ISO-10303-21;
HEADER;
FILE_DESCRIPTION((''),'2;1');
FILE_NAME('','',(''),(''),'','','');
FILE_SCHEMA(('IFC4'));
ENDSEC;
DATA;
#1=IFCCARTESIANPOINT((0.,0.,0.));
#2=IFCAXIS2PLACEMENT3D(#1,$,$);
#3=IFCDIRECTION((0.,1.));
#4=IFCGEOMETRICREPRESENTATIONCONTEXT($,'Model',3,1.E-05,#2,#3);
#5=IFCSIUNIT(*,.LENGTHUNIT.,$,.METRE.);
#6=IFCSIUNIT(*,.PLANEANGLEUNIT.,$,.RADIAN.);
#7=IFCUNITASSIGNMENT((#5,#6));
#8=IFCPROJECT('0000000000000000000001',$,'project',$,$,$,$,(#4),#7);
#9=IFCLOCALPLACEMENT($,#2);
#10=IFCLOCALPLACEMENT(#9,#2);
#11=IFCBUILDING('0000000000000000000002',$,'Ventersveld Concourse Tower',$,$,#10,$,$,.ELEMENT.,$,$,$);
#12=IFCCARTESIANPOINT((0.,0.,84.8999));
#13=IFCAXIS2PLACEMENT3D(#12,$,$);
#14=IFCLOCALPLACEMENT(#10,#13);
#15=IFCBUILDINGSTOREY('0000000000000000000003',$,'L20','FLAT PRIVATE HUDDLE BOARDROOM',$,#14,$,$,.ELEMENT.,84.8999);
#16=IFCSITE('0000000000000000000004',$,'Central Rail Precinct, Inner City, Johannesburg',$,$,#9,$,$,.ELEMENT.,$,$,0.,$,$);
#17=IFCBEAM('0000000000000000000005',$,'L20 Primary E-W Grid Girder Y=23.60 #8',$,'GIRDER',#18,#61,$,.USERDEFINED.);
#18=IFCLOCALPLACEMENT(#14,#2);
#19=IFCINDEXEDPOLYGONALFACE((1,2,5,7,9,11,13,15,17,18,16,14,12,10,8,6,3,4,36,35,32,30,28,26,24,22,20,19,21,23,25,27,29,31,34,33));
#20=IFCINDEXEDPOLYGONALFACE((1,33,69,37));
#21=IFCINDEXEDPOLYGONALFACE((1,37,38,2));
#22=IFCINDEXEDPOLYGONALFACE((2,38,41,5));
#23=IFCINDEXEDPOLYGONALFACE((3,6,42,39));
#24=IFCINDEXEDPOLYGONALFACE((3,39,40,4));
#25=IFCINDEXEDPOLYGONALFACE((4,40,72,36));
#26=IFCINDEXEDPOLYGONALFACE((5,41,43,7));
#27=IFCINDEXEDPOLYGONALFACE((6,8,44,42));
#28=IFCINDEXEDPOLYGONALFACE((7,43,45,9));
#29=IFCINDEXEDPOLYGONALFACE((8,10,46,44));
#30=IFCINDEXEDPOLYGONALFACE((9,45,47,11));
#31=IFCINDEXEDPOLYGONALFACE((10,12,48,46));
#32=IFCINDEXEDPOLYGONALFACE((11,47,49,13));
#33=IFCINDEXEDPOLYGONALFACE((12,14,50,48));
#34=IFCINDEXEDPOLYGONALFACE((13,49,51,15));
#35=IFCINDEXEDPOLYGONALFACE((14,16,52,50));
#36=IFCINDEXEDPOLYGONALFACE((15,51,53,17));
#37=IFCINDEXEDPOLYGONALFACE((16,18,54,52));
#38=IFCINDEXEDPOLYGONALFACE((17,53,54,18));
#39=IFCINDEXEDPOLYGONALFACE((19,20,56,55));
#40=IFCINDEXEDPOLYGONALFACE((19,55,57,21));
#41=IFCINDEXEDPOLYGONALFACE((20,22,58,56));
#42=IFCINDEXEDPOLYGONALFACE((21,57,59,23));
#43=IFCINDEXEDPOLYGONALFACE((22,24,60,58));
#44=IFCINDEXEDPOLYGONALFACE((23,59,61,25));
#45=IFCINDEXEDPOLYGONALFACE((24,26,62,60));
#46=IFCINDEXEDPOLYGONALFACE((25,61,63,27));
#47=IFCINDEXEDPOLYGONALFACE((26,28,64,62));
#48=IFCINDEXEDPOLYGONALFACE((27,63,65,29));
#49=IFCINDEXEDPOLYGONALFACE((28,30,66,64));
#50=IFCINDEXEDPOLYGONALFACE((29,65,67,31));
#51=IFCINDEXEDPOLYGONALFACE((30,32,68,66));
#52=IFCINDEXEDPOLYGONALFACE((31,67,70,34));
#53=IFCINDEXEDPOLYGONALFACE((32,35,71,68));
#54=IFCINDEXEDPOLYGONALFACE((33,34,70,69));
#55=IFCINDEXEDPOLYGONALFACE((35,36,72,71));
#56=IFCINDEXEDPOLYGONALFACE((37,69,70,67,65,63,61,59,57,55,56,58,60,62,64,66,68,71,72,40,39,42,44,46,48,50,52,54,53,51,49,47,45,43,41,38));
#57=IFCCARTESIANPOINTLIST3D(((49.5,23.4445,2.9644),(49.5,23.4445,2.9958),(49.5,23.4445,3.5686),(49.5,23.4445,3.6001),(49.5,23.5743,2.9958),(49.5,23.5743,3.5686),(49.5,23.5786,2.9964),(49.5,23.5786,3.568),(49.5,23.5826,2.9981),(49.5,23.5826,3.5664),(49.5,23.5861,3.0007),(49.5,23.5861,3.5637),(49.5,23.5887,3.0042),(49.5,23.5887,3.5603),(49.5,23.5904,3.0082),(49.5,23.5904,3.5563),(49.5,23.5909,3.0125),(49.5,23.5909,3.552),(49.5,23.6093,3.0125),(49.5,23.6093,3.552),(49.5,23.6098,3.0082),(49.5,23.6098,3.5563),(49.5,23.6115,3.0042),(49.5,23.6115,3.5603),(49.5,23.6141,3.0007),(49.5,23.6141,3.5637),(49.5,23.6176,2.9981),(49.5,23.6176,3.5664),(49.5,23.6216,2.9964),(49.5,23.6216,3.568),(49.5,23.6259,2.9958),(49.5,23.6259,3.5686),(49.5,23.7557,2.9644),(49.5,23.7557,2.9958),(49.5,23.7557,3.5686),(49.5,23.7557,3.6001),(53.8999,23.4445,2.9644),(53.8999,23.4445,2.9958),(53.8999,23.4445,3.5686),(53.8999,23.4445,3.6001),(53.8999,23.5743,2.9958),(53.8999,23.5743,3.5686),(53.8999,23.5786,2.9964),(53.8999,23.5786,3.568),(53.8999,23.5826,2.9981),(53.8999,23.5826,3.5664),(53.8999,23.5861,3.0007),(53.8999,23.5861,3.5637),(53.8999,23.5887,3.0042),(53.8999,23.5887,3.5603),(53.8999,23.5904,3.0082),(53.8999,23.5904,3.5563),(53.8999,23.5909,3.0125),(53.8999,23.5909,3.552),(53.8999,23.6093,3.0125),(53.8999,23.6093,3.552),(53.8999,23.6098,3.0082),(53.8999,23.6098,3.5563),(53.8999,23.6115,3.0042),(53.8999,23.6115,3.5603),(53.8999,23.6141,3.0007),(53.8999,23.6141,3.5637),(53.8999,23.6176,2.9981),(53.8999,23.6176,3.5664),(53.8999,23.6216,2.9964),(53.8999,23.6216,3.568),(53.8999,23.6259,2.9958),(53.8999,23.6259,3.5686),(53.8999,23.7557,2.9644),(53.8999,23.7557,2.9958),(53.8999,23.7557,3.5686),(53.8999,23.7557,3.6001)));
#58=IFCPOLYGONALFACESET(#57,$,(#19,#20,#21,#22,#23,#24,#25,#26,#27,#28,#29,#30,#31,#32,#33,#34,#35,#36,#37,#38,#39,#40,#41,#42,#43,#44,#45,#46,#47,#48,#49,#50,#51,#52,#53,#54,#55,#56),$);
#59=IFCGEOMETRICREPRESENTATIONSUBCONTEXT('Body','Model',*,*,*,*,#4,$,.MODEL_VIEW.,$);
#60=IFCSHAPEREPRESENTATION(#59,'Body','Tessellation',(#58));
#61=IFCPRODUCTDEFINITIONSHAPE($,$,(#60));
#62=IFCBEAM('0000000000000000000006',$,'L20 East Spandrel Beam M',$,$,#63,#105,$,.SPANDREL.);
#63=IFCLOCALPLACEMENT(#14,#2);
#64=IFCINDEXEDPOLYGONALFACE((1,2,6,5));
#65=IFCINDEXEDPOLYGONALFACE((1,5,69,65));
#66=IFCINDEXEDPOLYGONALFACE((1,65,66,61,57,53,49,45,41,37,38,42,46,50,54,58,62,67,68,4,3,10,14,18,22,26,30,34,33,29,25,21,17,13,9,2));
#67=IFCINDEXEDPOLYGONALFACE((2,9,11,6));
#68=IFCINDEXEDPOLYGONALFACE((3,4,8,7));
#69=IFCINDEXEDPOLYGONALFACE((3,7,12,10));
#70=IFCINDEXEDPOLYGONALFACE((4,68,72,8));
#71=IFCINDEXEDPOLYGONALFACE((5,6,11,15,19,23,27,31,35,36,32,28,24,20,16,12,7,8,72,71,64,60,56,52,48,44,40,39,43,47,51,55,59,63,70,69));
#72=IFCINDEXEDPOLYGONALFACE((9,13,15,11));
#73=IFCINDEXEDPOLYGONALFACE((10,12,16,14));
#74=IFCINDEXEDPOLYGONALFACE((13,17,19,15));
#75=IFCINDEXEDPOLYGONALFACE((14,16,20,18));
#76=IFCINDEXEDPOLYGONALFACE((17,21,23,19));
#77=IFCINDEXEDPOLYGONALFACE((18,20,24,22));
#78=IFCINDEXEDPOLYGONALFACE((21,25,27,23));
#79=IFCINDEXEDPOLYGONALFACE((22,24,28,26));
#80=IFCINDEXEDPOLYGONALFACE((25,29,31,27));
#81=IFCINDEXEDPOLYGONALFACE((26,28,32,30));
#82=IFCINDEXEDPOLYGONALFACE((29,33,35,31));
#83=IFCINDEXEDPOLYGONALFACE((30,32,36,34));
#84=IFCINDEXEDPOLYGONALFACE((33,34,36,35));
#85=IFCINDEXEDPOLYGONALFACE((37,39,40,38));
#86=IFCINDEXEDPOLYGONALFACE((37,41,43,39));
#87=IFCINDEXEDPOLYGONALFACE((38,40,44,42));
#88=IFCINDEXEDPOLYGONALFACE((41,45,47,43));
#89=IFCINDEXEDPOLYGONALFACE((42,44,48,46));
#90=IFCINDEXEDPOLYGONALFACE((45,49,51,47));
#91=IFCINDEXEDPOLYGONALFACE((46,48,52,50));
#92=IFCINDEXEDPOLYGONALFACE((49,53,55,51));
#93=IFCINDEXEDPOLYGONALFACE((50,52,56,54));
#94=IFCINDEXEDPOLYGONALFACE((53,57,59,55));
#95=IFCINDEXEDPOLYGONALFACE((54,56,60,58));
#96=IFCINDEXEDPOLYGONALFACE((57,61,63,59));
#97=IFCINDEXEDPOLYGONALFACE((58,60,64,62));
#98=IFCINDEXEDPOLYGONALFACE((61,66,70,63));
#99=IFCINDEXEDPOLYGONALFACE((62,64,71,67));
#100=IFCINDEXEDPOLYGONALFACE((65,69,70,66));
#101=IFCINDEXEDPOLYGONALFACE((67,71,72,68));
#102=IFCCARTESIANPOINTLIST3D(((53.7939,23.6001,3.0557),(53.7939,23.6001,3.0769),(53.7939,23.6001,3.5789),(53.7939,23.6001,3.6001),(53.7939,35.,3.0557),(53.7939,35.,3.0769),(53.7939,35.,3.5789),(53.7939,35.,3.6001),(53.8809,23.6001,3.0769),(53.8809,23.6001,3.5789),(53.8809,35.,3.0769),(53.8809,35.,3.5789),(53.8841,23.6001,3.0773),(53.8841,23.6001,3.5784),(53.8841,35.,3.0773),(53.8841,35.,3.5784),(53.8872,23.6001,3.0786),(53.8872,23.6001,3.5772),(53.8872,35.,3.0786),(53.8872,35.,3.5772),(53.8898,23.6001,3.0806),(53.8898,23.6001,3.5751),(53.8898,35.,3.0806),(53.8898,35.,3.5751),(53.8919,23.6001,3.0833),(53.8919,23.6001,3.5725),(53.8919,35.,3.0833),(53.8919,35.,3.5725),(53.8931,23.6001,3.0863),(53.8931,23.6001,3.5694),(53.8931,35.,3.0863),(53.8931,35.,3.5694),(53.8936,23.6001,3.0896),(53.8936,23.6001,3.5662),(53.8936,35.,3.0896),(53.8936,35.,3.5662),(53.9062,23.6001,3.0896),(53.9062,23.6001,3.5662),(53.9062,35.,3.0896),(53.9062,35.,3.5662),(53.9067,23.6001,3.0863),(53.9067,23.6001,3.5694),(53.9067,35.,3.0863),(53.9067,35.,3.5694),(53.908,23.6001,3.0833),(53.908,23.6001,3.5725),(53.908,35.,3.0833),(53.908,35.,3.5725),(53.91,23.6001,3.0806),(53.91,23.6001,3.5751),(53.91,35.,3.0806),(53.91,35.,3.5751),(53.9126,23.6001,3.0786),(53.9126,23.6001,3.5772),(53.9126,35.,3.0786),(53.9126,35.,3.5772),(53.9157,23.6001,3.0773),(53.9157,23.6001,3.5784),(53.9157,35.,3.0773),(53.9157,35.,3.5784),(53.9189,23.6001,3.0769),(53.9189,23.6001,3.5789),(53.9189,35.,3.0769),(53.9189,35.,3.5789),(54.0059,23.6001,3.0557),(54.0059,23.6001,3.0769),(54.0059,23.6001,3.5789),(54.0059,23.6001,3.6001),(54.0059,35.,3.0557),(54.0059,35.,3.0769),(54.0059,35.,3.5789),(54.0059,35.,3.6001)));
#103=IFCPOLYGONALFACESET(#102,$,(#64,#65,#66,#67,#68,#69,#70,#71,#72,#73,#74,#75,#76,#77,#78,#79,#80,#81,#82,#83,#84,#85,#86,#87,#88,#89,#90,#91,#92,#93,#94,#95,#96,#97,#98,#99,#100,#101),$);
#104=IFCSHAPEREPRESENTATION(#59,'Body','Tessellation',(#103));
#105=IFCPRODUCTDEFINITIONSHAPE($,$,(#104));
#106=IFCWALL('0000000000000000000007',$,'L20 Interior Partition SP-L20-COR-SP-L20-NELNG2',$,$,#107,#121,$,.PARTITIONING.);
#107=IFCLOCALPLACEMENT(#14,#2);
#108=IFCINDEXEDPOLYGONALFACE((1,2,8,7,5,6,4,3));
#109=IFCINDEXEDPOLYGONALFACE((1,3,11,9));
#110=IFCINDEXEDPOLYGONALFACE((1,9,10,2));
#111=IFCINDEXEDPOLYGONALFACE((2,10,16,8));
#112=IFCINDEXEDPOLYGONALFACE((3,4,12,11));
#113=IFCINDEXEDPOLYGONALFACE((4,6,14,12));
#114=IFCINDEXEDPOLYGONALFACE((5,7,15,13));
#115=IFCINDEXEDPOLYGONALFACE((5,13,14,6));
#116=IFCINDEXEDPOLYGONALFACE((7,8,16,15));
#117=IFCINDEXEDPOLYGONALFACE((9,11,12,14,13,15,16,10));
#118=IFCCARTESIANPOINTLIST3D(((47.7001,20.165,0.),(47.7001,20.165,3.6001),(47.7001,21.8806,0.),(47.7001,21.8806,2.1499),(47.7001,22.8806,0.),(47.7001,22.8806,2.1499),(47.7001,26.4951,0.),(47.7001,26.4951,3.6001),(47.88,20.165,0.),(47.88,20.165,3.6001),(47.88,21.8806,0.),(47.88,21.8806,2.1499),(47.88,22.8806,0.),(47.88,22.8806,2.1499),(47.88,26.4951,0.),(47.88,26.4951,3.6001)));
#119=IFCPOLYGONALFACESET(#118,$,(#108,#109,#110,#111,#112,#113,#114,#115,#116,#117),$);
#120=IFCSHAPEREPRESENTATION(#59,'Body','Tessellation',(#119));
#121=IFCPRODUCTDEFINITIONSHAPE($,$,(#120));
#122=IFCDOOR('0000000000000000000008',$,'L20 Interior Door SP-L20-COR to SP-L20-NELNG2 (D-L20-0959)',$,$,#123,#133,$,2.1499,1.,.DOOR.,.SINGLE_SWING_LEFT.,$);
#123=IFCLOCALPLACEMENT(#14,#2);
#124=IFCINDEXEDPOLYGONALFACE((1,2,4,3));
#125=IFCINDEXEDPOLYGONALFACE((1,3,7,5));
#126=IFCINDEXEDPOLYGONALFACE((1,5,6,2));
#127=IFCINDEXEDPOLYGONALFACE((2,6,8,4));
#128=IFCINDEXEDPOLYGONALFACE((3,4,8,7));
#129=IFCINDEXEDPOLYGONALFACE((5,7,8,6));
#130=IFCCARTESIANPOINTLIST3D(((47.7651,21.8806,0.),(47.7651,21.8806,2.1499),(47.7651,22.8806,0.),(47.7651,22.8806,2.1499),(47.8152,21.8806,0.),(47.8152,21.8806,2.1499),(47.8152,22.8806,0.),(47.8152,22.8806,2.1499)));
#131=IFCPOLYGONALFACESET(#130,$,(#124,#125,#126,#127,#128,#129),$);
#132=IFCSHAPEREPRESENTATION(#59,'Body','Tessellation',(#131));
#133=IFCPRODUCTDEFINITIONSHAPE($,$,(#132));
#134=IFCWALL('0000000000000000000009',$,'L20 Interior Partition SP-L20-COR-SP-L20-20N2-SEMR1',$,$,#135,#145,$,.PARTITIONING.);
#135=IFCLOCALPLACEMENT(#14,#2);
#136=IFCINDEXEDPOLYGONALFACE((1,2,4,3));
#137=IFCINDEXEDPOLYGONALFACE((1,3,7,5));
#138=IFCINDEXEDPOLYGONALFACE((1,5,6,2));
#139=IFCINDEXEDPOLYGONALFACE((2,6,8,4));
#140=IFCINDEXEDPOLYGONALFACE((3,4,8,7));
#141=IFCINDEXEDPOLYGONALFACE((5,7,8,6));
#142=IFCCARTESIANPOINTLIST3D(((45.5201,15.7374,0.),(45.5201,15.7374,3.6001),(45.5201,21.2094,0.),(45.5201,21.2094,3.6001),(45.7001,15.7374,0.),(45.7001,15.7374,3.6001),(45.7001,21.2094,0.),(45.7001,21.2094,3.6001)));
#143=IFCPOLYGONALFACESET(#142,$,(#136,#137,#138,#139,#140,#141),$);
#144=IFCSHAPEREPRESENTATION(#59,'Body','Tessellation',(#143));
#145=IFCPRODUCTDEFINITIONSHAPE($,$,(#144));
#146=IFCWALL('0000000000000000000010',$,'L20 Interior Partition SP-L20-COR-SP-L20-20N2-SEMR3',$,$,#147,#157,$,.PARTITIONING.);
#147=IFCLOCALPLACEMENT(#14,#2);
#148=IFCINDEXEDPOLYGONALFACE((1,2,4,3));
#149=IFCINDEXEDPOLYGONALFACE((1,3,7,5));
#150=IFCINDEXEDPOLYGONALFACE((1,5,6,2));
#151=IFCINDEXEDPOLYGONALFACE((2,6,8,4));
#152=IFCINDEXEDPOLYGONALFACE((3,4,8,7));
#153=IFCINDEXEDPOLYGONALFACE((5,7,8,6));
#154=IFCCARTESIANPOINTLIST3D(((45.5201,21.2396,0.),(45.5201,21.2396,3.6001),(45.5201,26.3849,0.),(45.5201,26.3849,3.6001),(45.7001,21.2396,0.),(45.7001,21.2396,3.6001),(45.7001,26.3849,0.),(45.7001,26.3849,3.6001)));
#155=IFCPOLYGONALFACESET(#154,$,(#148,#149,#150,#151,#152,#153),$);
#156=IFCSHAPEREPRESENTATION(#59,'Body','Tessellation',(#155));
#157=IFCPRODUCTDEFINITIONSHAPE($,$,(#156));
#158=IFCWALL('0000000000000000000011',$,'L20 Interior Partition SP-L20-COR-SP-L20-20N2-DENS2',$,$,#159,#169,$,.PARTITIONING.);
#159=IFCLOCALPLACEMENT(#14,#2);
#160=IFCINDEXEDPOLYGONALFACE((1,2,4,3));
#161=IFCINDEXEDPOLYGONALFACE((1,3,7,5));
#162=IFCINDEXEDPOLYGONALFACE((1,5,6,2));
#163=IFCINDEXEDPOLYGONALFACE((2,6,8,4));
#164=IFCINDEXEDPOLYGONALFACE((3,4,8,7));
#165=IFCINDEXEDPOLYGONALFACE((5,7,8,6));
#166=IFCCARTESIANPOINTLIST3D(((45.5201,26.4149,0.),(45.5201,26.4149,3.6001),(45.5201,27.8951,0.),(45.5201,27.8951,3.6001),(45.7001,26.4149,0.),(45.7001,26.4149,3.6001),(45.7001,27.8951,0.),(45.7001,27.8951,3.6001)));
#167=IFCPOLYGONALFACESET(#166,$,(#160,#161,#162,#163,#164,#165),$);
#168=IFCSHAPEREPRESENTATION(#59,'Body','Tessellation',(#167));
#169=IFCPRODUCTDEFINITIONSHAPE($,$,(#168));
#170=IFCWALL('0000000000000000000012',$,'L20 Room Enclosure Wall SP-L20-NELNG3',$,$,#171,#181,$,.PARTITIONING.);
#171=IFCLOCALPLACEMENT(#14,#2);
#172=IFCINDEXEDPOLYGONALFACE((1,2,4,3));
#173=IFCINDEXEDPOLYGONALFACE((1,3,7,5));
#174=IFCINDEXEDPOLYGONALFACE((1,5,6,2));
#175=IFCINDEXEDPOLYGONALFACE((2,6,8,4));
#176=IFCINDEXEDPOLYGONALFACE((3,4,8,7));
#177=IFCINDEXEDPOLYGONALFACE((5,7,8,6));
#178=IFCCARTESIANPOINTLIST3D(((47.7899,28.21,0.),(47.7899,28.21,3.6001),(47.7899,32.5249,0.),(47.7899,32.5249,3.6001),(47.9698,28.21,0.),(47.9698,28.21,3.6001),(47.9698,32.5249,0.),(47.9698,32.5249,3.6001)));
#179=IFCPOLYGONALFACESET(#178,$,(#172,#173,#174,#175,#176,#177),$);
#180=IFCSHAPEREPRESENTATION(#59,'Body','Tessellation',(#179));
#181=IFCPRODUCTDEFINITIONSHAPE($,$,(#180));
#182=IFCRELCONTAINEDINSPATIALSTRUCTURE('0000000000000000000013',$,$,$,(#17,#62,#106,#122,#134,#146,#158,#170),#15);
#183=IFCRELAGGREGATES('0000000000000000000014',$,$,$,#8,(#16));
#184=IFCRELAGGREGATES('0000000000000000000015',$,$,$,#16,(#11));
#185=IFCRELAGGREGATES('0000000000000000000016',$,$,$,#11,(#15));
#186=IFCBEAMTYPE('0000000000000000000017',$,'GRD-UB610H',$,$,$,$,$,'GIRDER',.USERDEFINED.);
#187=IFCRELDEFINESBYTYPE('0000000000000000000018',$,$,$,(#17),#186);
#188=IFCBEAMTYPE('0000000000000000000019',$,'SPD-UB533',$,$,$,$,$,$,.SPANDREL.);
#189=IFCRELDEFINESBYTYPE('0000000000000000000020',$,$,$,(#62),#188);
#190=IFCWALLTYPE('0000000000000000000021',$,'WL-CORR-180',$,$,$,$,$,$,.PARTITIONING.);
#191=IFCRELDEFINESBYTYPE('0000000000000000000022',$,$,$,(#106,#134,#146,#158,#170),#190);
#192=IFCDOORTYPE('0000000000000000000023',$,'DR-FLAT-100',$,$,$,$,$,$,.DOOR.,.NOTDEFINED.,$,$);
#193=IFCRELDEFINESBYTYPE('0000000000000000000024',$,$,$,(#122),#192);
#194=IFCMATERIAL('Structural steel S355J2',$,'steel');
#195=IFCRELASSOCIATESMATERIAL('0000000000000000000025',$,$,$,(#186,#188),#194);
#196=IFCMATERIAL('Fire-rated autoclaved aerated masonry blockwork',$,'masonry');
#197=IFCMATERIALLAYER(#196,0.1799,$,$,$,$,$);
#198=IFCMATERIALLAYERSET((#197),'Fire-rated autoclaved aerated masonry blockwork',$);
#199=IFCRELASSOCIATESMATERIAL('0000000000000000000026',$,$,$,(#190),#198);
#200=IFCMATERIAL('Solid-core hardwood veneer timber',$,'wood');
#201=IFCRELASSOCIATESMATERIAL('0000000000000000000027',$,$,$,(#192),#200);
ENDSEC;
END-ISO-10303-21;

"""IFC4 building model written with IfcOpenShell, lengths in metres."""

from ifc_helpers import new_model, si_unit, direction, frame, frame_2d, origin, origin_2d, place, context, subcontext, project, spatial, rectangle, i_section, extrude, material, layer, layer_set, material_profile, profile_set, type_object, element, fill, save


model = new_model("IFC4")

# Units and contexts
model_context = context("Model", 3, precision=1e-05, world=origin(), true_north=direction((0.0, 1.0)))
body_context = subcontext(model_context, "Body", "Model", "MODEL_VIEW")
ifc_project = project(units=[si_unit("LENGTHUNIT", "METRE"), si_unit("PLANEANGLEUNIT", "RADIAN")], contexts=[model_context])

# Site, building, storey
site_placement = place(None, origin())
site = spatial("IfcSite", under=ifc_project, at=site_placement, Name="Central Rail Precinct, Inner City, Johannesburg", CompositionType="ELEMENT", RefElevation=0.0)
building_placement = place(site_placement, origin())
building = spatial("IfcBuilding", under=site, at=building_placement, Name="Ventersveld Concourse Tower", CompositionType="ELEMENT")
storey_placement = place(building_placement, frame((0.0, 0.0, 84.8999)))
storey = spatial("IfcBuildingStorey", under=building, at=storey_placement, Name="L20", Description="FLAT PRIVATE HUDDLE BOARDROOM", CompositionType="ELEMENT", Elevation=84.8999)

# Beams
ifc_material_1 = material(Name="Structural steel S355J2", Category="steel")
ifc_material_profile_1 = material_profile(ifc_material_1, i_section(OverallWidth=0.3113, OverallDepth=0.6357, WebThickness=0.0183, FlangeThickness=0.0315, FilletRadius=0.0166, at=origin_2d()), Name="UB 610x305x238")
ifc_profile_set_1 = profile_set([ifc_material_profile_1], Name="Structural steel S355J2")
beam_type_1 = type_object("IfcBeamType", Name="GRD-UB610H", ElementType="GIRDER", PredefinedType="USERDEFINED", material=ifc_profile_set_1)
beam_1_placement = place(storey_placement, frame((49.5, 23.6001, 3.2822), z_axis=(1.0, 0.0, 0.0), x_axis=(0.0, 1.0, 0.0)))
element("IfcBeam", 1, at=beam_1_placement, inside=storey, type_object=beam_type_1, Name="L20 Primary E-W Grid Girder Y=23.60 #8", ObjectType="GIRDER", PredefinedType="USERDEFINED", context=body_context, shape_type="SweptSolid", body=[
    extrude(i_section(OverallWidth=0.3113, OverallDepth=0.6357, WebThickness=0.0183, FlangeThickness=0.0315, FilletRadius=0.0166, at=origin_2d()), origin(), (0.0, 0.0, 1.0), 4.3999),
])
ifc_material_profile_2 = material_profile(ifc_material_1, i_section(OverallWidth=0.2119, OverallDepth=0.5444, WebThickness=0.0127, FlangeThickness=0.0212, FilletRadius=0.0127, at=origin_2d()), Name="UB 533x210x122")
ifc_profile_set_2 = profile_set([ifc_material_profile_2], Name="Structural steel S355J2")
beam_type_2 = type_object("IfcBeamType", Name="SPD-UB533", PredefinedType="SPANDREL", material=ifc_profile_set_2)
beam_2_placement = place(storey_placement, frame((53.8999, 23.6001, 3.3279), z_axis=(0.0, 1.0, 0.0), x_axis=(-1.0, 0.0, 0.0)))
element("IfcBeam", 2, at=beam_2_placement, inside=storey, type_object=beam_type_2, Name="L20 East Spandrel Beam M", PredefinedType="SPANDREL", context=body_context, shape_type="SweptSolid", body=[
    extrude(i_section(OverallWidth=0.2119, OverallDepth=0.5444, WebThickness=0.0127, FlangeThickness=0.0212, FilletRadius=0.0127, at=origin_2d()), origin(), (0.0, 0.0, 1.0), 11.3999),
])

# Wall, opening, door
ifc_material_2 = material(Name="Fire-rated autoclaved aerated masonry blockwork", Category="masonry")
ifc_layer_1 = layer(ifc_material_2, 0.1799)
ifc_layer_set_1 = layer_set([ifc_layer_1], Name="Fire-rated autoclaved aerated masonry blockwork")
wall_type_1 = type_object("IfcWallType", Name="WL-CORR-180", PredefinedType="PARTITIONING", material=ifc_layer_set_1)
wall_1_placement = place(storey_placement, frame((47.79, 20.165, 0.0), z_axis=(0.0, 0.0, 1.0), x_axis=(0.0, 1.0, 0.0)))
wall_1 = element("IfcWall", 3, at=wall_1_placement, inside=storey, type_object=wall_type_1, Name="L20 Interior Partition SP-L20-COR-SP-L20-NELNG2", PredefinedType="PARTITIONING", context=body_context, shape_type="SweptSolid", body=[
    extrude(rectangle(XDim=6.3301, YDim=0.1799, at=frame_2d((3.165, 0.0))), origin(), (0.0, 0.0, 1.0), 3.6001),
])
opening_1_placement = place(wall_1_placement, frame((1.7156, 0.0, 0.0)))
opening_1 = element("IfcOpeningElement", 4, at=opening_1_placement, cuts=wall_1, PredefinedType="OPENING", context=body_context, shape_type="SweptSolid", body=[
    extrude(rectangle(XDim=1.0, YDim=2.1499, at=frame_2d((0.5, 1.075))), frame((0.0, 0.1001, 0.0), z_axis=(0.0, -1.0, 0.0), x_axis=(1.0, 0.0, 0.0)), (0.0, 0.0, 1.0), 0.2),
])
ifc_material_3 = material(Name="Solid-core hardwood veneer timber", Category="wood")
door_type_1 = type_object("IfcDoorType", Name="DR-FLAT-100", OperationType="NOTDEFINED", PredefinedType="DOOR", material=ifc_material_3)
door_1_placement = place(opening_1_placement, origin())
door_1 = element("IfcDoor", 5, at=door_1_placement, inside=storey, type_object=door_type_1, Name="L20 Interior Door SP-L20-COR to SP-L20-NELNG2 (D-L20-0959)", OperationType="SINGLE_SWING_LEFT", OverallHeight=2.1499, OverallWidth=1.0, PredefinedType="DOOR", context=body_context, shape_type="SweptSolid", body=[
    extrude(rectangle(XDim=1.0, YDim=2.1499, at=frame_2d((0.5, 1.075))), frame((0.0, 0.0249, 0.0), z_axis=(0.0, -1.0, 0.0), x_axis=(1.0, 0.0, 0.0)), (0.0, 0.0, 1.0), 0.05),
])
fill(opening_1, door_1)

# Walls
wall_2_placement = place(storey_placement, frame((45.6101, 15.7375, 0.0), z_axis=(0.0, 0.0, 1.0), x_axis=(0.0, 1.0, 0.0)))
element("IfcWall", 6, at=wall_2_placement, inside=storey, type_object=wall_type_1, Name="L20 Interior Partition SP-L20-COR-SP-L20-20N2-SEMR1", PredefinedType="PARTITIONING", context=body_context, shape_type="SweptSolid", body=[
    extrude(rectangle(XDim=5.4719, YDim=0.1799, at=frame_2d((2.7358, 0.0))), origin(), (0.0, 0.0, 1.0), 3.6001),
])
wall_3_placement = place(storey_placement, frame((45.6101, 21.2395, 0.0), z_axis=(0.0, 0.0, 1.0), x_axis=(0.0, 1.0, 0.0)))
element("IfcWall", 7, at=wall_3_placement, inside=storey, type_object=wall_type_1, Name="L20 Interior Partition SP-L20-COR-SP-L20-20N2-SEMR3", PredefinedType="PARTITIONING", context=body_context, shape_type="SweptSolid", body=[
    extrude(rectangle(XDim=5.1453, YDim=0.1799, at=frame_2d((2.5728, 0.0))), origin(), (0.0, 0.0, 1.0), 3.6001),
])
wall_4_placement = place(storey_placement, frame((45.6101, 26.4148, 0.0), z_axis=(0.0, 0.0, 1.0), x_axis=(0.0, 1.0, 0.0)))
element("IfcWall", 8, at=wall_4_placement, inside=storey, type_object=wall_type_1, Name="L20 Interior Partition SP-L20-COR-SP-L20-20N2-DENS2", PredefinedType="PARTITIONING", context=body_context, shape_type="SweptSolid", body=[
    extrude(rectangle(XDim=1.4802, YDim=0.1799, at=frame_2d((0.7402, 0.0))), origin(), (0.0, 0.0, 1.0), 3.6001),
])
wall_5_placement = place(storey_placement, frame((47.8799, 28.21, 0.0), z_axis=(0.0, 0.0, 1.0), x_axis=(0.0, 1.0, 0.0)))
element("IfcWall", 9, at=wall_5_placement, inside=storey, type_object=wall_type_1, Name="L20 Room Enclosure Wall SP-L20-NELNG3", PredefinedType="PARTITIONING", context=body_context, shape_type="SweptSolid", body=[
    extrude(rectangle(XDim=4.3149, YDim=0.1799, at=frame_2d((2.1575, 0.0))), origin(), (0.0, 0.0, 1.0), 3.6001),
])

save(model, "model.ifc")
